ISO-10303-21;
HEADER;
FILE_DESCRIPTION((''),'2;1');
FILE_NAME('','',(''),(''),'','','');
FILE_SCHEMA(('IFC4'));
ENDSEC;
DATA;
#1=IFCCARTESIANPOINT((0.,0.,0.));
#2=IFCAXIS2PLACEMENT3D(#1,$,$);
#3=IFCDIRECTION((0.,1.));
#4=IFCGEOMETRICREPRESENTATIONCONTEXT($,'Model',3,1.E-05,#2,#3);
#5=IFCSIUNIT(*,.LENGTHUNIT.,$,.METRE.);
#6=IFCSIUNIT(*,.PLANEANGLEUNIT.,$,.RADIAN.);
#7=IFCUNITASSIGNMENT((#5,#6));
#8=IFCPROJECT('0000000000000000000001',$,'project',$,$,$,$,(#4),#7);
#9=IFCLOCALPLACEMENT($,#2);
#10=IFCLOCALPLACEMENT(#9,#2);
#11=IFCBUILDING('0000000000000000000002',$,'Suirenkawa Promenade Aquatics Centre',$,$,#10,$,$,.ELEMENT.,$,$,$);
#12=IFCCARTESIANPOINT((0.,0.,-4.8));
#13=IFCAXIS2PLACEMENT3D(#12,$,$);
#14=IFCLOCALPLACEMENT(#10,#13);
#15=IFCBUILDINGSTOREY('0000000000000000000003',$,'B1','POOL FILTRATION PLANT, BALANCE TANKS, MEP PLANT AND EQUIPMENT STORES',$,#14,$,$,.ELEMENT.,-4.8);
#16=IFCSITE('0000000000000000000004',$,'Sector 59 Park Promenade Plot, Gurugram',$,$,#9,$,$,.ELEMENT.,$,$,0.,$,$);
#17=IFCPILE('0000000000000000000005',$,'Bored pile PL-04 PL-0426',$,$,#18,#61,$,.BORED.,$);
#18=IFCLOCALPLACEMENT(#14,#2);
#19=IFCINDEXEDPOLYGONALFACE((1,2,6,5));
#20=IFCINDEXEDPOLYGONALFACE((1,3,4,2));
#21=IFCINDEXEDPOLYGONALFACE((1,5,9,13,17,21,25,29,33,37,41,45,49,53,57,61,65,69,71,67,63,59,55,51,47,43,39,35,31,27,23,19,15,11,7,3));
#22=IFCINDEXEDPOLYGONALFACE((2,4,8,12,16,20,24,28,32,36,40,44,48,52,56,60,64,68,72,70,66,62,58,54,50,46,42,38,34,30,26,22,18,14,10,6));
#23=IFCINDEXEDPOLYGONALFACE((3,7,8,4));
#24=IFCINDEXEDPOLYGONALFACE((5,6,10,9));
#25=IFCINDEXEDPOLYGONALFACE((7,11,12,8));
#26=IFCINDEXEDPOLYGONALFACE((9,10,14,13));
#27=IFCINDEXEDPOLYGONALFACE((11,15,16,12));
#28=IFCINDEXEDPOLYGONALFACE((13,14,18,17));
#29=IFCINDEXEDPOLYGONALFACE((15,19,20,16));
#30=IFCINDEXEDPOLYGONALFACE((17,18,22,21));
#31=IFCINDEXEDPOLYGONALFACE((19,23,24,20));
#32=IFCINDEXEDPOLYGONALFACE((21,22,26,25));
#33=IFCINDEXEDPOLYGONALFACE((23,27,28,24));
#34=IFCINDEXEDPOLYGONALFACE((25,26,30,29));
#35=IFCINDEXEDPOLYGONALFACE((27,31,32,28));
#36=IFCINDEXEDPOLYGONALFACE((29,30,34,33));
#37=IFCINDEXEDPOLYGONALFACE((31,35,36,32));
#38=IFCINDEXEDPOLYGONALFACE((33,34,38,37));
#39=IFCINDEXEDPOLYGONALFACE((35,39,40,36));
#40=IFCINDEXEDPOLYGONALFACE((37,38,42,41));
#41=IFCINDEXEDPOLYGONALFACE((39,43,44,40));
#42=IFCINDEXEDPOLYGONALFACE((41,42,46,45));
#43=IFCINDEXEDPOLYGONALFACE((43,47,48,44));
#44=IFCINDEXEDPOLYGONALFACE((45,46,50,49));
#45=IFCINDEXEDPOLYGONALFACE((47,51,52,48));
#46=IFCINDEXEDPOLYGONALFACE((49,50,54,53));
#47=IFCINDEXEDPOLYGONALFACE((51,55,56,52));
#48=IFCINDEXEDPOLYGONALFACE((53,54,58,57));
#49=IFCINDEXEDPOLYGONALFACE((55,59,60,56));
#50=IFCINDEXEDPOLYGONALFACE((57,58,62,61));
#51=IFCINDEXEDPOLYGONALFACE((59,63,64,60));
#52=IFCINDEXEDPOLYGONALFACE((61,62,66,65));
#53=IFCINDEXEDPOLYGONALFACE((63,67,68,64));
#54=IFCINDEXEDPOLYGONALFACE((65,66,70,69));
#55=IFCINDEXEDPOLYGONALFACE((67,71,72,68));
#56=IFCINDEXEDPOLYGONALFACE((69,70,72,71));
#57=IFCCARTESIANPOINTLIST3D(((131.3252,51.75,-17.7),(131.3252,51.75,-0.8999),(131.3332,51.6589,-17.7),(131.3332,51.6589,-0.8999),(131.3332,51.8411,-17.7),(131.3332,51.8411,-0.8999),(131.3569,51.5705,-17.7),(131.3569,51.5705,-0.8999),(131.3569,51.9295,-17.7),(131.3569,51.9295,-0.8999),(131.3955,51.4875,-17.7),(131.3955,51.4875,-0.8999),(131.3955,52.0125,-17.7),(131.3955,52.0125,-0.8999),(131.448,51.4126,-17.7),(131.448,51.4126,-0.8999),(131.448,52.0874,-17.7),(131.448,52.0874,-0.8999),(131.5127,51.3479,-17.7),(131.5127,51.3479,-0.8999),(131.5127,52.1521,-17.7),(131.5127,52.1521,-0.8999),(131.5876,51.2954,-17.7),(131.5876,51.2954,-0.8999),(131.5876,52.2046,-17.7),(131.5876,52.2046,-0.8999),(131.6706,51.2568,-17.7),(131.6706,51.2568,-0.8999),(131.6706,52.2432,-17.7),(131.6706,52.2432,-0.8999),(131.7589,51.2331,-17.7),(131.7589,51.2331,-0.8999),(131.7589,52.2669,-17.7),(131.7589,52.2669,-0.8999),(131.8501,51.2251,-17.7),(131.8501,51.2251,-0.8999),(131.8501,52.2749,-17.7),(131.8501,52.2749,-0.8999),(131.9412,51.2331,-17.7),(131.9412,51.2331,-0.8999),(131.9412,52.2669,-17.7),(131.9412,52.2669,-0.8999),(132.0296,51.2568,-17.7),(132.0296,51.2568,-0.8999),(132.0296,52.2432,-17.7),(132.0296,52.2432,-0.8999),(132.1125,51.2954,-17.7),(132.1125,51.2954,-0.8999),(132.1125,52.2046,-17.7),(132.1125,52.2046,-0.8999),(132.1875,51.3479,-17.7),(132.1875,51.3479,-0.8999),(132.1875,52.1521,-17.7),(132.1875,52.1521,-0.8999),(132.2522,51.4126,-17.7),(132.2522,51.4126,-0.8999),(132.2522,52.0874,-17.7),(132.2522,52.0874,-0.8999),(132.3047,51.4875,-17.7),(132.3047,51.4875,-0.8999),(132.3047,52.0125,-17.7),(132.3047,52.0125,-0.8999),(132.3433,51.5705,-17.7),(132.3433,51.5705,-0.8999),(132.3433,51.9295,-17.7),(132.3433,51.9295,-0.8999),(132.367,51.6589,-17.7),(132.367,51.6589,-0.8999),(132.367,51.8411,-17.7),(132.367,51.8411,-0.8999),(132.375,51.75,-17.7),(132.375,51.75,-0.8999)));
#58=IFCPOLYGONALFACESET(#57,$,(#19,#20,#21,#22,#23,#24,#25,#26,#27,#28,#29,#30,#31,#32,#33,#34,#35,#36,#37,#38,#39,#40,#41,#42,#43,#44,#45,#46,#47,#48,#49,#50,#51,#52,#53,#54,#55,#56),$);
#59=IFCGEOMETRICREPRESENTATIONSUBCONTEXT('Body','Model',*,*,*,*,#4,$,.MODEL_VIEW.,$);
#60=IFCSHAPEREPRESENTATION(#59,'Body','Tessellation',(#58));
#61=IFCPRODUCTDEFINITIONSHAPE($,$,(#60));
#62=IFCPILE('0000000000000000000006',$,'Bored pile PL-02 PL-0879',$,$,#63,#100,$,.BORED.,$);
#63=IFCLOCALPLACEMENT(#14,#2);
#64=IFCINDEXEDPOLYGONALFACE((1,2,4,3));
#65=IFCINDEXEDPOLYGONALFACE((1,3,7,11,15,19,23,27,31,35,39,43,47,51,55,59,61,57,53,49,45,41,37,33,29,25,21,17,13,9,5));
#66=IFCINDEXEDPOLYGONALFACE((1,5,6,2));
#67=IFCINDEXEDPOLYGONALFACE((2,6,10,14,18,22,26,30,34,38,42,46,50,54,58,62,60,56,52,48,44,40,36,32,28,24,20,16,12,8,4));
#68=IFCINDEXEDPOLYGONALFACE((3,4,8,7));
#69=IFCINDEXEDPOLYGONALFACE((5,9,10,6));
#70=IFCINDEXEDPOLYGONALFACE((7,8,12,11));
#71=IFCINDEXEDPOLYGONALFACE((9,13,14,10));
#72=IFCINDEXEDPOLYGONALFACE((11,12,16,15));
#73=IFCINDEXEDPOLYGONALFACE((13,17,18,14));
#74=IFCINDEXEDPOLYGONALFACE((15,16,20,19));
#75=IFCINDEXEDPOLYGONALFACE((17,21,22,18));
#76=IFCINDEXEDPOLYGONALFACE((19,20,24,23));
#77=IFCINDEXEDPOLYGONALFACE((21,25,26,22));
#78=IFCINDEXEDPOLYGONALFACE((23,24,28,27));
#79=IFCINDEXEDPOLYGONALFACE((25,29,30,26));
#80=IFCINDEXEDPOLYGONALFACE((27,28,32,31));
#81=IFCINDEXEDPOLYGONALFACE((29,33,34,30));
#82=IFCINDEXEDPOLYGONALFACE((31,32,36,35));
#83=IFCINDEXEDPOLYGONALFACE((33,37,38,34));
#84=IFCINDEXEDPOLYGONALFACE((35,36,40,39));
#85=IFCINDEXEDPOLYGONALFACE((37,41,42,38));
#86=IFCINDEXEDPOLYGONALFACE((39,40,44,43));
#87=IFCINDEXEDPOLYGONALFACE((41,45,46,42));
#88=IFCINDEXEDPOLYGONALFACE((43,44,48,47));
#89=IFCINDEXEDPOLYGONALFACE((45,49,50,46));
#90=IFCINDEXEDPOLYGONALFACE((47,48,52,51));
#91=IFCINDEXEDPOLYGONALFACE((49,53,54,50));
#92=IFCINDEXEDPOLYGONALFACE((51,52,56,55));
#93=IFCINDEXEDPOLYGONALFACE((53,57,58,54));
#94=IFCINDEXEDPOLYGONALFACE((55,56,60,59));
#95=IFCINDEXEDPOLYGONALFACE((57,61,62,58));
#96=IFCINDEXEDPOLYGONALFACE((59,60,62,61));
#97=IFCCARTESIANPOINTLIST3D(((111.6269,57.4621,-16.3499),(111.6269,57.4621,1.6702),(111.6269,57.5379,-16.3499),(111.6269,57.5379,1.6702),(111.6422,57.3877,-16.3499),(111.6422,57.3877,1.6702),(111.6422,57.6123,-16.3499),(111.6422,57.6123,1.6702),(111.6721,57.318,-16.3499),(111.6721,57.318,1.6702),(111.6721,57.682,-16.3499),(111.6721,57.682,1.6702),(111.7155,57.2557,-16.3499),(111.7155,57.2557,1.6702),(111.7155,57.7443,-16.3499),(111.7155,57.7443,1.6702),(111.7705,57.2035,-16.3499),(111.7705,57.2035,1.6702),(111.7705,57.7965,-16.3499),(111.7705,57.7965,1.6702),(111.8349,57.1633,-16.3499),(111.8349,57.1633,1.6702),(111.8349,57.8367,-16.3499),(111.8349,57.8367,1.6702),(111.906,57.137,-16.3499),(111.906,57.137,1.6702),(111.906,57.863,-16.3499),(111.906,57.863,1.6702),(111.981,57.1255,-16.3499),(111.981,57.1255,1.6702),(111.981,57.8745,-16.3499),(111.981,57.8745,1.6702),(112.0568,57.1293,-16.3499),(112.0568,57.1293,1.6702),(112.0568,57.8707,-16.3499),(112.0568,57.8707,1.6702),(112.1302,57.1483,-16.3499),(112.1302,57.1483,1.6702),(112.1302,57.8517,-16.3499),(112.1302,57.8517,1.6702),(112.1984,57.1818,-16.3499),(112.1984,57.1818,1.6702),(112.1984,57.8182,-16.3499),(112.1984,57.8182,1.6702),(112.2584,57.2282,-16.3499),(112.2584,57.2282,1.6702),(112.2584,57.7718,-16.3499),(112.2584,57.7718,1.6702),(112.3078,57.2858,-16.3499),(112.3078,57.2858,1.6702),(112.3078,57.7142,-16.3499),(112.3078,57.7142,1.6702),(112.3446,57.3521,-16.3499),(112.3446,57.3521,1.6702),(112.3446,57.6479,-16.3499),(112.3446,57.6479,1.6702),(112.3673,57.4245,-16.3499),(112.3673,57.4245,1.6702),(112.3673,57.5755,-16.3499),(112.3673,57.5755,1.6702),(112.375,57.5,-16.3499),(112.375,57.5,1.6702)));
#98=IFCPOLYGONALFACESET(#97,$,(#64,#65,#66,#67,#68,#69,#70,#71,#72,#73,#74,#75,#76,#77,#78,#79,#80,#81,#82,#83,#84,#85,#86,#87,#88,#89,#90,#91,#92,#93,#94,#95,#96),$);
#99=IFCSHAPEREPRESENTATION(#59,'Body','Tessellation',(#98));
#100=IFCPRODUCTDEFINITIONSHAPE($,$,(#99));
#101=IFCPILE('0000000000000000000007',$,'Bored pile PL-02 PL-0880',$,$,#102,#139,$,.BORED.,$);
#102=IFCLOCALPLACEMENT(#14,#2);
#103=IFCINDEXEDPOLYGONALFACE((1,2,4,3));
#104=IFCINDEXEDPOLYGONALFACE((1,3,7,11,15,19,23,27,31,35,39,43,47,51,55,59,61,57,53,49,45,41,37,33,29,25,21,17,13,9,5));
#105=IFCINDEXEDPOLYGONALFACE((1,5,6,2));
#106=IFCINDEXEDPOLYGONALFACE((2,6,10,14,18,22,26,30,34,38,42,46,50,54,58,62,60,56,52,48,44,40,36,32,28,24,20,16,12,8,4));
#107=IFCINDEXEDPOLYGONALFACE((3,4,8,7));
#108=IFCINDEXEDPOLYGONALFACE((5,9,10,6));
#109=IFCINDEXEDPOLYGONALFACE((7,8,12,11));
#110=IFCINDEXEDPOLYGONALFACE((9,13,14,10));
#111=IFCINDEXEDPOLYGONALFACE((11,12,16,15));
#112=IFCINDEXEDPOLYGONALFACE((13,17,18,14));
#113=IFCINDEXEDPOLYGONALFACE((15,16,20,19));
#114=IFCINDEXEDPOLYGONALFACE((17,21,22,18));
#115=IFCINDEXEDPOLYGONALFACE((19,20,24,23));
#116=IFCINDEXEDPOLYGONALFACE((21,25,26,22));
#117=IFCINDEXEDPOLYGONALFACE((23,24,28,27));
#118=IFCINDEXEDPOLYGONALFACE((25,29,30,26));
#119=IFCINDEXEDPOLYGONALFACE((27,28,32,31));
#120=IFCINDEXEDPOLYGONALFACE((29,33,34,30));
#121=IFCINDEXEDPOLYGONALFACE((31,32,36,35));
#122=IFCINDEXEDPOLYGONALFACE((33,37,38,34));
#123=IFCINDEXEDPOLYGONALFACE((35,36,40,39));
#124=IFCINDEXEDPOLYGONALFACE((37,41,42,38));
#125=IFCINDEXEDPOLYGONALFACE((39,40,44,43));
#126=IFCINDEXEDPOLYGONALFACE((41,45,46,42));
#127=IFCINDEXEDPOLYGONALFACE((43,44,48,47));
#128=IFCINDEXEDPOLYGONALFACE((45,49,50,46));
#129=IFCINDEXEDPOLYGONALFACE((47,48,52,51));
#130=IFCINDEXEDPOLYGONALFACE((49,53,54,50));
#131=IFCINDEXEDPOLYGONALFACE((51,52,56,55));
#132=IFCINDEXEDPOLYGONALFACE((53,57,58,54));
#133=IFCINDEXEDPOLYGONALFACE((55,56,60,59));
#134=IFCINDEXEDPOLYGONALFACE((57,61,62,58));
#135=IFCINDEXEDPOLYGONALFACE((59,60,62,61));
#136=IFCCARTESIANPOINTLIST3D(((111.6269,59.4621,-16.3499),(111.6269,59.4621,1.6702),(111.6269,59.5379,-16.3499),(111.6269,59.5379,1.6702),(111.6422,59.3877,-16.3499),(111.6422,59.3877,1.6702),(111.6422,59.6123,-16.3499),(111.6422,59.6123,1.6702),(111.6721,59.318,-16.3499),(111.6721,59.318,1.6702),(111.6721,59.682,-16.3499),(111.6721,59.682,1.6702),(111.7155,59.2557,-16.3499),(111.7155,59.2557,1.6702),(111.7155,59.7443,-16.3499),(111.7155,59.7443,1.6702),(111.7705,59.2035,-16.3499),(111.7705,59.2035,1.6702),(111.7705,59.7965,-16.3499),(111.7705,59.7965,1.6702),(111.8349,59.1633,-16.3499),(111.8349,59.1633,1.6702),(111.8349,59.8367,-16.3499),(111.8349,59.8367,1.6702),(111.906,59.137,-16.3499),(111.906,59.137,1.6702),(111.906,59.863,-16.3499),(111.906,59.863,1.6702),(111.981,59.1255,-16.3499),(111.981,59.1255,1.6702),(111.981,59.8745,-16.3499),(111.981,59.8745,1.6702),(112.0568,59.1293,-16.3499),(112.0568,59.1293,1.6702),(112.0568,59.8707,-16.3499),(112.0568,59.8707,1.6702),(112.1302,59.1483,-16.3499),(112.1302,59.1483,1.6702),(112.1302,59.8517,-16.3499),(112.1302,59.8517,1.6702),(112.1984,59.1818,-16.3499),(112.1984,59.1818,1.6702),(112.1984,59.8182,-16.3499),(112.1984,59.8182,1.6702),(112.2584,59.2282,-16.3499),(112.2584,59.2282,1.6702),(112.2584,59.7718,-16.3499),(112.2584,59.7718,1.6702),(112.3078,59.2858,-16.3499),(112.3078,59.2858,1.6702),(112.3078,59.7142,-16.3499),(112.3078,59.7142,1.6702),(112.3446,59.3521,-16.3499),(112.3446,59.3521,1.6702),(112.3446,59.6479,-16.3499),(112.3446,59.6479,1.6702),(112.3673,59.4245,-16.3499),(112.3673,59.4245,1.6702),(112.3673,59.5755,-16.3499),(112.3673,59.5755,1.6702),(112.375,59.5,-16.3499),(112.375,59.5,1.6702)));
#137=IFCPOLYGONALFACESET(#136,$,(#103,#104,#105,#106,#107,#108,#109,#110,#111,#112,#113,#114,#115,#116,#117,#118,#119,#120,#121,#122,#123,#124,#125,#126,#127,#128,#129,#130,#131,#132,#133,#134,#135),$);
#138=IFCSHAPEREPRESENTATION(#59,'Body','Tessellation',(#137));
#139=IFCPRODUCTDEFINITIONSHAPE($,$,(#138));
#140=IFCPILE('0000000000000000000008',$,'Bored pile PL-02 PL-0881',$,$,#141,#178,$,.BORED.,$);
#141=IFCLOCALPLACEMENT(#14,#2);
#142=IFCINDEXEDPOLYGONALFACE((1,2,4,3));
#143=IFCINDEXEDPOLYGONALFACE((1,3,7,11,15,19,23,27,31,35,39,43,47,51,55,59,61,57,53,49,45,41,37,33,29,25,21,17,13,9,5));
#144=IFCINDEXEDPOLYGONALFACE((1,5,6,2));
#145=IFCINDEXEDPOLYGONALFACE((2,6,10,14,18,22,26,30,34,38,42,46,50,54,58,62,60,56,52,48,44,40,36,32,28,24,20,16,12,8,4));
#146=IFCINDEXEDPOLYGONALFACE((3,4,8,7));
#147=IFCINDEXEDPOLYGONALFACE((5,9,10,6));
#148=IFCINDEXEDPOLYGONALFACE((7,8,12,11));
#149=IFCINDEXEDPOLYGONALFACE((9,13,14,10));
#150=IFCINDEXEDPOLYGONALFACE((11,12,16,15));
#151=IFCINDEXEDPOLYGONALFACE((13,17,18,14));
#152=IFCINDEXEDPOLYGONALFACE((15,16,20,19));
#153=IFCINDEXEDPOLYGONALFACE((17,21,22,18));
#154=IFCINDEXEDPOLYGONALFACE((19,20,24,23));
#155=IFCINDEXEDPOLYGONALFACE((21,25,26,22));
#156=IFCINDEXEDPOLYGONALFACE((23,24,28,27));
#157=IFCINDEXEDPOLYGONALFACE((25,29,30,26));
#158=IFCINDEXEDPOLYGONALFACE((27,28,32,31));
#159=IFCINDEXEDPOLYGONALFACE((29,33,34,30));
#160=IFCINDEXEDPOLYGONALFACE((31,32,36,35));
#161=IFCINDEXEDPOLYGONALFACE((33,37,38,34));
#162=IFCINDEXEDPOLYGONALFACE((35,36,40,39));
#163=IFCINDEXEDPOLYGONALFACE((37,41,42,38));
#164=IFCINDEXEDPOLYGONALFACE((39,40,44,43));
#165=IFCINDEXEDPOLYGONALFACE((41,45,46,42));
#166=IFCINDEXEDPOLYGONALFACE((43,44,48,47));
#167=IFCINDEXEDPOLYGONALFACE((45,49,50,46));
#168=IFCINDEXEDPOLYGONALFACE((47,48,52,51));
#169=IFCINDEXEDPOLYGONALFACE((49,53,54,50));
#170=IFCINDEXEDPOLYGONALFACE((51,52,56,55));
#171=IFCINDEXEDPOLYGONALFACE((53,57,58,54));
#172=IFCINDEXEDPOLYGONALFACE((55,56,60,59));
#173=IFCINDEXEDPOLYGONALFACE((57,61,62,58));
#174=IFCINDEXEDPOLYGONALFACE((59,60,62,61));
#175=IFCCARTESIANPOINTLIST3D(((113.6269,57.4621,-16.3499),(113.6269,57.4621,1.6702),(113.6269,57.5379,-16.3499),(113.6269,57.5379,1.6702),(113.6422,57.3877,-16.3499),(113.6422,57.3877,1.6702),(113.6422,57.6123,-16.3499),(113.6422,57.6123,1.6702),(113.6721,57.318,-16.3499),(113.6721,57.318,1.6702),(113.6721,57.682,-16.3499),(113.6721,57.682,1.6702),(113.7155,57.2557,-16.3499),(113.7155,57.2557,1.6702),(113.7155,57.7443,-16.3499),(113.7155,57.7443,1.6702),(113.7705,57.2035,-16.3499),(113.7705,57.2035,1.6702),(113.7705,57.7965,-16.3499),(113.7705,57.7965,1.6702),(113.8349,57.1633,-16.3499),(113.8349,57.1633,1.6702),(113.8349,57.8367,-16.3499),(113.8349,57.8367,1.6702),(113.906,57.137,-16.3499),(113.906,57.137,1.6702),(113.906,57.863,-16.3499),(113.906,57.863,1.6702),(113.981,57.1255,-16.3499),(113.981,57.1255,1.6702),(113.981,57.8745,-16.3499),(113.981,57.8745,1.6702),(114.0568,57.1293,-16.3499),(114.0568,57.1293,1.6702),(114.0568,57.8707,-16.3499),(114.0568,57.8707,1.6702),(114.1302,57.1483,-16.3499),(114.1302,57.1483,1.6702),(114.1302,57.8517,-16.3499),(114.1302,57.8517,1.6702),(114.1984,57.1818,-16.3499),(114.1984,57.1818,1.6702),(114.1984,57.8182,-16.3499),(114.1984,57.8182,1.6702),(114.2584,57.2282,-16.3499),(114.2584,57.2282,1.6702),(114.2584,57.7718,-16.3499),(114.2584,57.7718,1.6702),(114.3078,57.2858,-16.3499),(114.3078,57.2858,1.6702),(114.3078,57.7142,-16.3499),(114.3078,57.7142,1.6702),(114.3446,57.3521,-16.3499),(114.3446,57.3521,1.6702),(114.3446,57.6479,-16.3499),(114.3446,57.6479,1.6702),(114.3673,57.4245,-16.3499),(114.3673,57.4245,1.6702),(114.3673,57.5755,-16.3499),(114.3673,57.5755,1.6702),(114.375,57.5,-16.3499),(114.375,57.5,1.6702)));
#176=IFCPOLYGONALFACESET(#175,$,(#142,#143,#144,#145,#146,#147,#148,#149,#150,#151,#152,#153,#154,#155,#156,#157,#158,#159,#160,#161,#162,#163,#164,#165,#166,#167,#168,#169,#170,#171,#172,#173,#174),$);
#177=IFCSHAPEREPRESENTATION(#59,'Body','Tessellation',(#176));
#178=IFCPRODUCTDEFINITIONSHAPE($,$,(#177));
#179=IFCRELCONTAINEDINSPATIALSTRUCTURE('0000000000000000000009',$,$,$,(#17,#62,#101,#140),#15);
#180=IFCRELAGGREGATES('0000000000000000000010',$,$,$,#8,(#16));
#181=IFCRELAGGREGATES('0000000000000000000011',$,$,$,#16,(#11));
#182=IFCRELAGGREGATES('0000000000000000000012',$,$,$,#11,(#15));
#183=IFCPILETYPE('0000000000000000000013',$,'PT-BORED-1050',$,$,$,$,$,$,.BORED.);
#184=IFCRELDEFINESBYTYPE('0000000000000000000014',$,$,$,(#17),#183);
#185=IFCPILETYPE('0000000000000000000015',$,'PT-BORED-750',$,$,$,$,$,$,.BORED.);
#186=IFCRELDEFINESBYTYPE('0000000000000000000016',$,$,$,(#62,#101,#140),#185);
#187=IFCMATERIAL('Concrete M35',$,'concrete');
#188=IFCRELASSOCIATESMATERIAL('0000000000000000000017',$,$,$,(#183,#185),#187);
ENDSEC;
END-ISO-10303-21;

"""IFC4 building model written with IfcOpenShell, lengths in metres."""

from ifc_helpers import new_model, si_unit, direction, frame, origin, origin_2d, place, context, subcontext, project, spatial, circle, extrude, material, material_profile, profile_set, type_object, element, save


model = new_model("IFC4")

# Units and contexts
model_context = context("Model", 3, precision=1e-05, world=origin(), true_north=direction((0.0, 1.0)))
body_context = subcontext(model_context, "Body", "Model", "MODEL_VIEW")
ifc_project = project(units=[si_unit("LENGTHUNIT", "METRE"), si_unit("PLANEANGLEUNIT", "RADIAN")], contexts=[model_context])

# Site, building, storey
site_placement = place(None, origin())
site = spatial("IfcSite", under=ifc_project, at=site_placement, Name="Sector 59 Park Promenade Plot, Gurugram", CompositionType="ELEMENT", RefElevation=0.0)
building_placement = place(site_placement, origin())
building = spatial("IfcBuilding", under=site, at=building_placement, Name="Suirenkawa Promenade Aquatics Centre", CompositionType="ELEMENT")
storey_placement = place(building_placement, frame((0.0, 0.0, -4.8)))
storey = spatial("IfcBuildingStorey", under=building, at=storey_placement, Name="B1", Description="POOL FILTRATION PLANT, BALANCE TANKS, MEP PLANT AND EQUIPMENT STORES", CompositionType="ELEMENT", Elevation=-4.8)

# Shared definitions
ifc_material_1 = material(Name="Concrete M35", Category="concrete")

# Piles
ifc_material_profile_1 = material_profile(ifc_material_1, circle(Radius=0.5249, at=origin_2d()), Name="PILE D1050", Category="concrete")
ifc_profile_set_1 = profile_set([ifc_material_profile_1], Name="Concrete M35")
pile_type_1 = type_object("IfcPileType", Name="PT-BORED-1050", PredefinedType="BORED", material=ifc_profile_set_1)
for number, where, z_axis, x_axis, name in (
    (1, (131.8501, 51.75, -0.8999), (0.0, 0.0, -1.0), (1.0, 0.0, 0.0), "Bored pile PL-04 PL-0426"),
):
    element("IfcPile", number, at=place(storey_placement, frame(where, z_axis=z_axis, x_axis=x_axis)), inside=storey, type_object=pile_type_1, Name=name, PredefinedType="BORED", context=body_context, shape_type="SweptSolid", body=[
        extrude(circle(Radius=0.5249, at=origin_2d()), origin(), (0.0, 0.0, 1.0), 16.8),
    ])
ifc_material_profile_2 = material_profile(ifc_material_1, circle(Radius=0.375, at=origin_2d()), Name="PILE D750", Category="concrete")
ifc_profile_set_2 = profile_set([ifc_material_profile_2], Name="Concrete M35")
pile_type_2 = type_object("IfcPileType", Name="PT-BORED-750", PredefinedType="BORED", material=ifc_profile_set_2)
for number, where, z_axis, x_axis, name in (
    (2, (112.0, 57.5, 1.6702), (0.0, 0.0, -1.0), (1.0, 0.0, 0.0), "Bored pile PL-02 PL-0879"),
    (3, (112.0, 59.5, 1.6702), (0.0, 0.0, -1.0), (1.0, 0.0, 0.0), "Bored pile PL-02 PL-0880"),
    (4, (114.0, 57.5, 1.6702), (0.0, 0.0, -1.0), (1.0, 0.0, 0.0), "Bored pile PL-02 PL-0881"),
):
    element("IfcPile", number, at=place(storey_placement, frame(where, z_axis=z_axis, x_axis=x_axis)), inside=storey, type_object=pile_type_2, Name=name, PredefinedType="BORED", context=body_context, shape_type="SweptSolid", body=[
        extrude(circle(Radius=0.375, at=origin_2d()), origin(), (0.0, 0.0, 1.0), 18.02),
    ])

save(model, "model.ifc")
